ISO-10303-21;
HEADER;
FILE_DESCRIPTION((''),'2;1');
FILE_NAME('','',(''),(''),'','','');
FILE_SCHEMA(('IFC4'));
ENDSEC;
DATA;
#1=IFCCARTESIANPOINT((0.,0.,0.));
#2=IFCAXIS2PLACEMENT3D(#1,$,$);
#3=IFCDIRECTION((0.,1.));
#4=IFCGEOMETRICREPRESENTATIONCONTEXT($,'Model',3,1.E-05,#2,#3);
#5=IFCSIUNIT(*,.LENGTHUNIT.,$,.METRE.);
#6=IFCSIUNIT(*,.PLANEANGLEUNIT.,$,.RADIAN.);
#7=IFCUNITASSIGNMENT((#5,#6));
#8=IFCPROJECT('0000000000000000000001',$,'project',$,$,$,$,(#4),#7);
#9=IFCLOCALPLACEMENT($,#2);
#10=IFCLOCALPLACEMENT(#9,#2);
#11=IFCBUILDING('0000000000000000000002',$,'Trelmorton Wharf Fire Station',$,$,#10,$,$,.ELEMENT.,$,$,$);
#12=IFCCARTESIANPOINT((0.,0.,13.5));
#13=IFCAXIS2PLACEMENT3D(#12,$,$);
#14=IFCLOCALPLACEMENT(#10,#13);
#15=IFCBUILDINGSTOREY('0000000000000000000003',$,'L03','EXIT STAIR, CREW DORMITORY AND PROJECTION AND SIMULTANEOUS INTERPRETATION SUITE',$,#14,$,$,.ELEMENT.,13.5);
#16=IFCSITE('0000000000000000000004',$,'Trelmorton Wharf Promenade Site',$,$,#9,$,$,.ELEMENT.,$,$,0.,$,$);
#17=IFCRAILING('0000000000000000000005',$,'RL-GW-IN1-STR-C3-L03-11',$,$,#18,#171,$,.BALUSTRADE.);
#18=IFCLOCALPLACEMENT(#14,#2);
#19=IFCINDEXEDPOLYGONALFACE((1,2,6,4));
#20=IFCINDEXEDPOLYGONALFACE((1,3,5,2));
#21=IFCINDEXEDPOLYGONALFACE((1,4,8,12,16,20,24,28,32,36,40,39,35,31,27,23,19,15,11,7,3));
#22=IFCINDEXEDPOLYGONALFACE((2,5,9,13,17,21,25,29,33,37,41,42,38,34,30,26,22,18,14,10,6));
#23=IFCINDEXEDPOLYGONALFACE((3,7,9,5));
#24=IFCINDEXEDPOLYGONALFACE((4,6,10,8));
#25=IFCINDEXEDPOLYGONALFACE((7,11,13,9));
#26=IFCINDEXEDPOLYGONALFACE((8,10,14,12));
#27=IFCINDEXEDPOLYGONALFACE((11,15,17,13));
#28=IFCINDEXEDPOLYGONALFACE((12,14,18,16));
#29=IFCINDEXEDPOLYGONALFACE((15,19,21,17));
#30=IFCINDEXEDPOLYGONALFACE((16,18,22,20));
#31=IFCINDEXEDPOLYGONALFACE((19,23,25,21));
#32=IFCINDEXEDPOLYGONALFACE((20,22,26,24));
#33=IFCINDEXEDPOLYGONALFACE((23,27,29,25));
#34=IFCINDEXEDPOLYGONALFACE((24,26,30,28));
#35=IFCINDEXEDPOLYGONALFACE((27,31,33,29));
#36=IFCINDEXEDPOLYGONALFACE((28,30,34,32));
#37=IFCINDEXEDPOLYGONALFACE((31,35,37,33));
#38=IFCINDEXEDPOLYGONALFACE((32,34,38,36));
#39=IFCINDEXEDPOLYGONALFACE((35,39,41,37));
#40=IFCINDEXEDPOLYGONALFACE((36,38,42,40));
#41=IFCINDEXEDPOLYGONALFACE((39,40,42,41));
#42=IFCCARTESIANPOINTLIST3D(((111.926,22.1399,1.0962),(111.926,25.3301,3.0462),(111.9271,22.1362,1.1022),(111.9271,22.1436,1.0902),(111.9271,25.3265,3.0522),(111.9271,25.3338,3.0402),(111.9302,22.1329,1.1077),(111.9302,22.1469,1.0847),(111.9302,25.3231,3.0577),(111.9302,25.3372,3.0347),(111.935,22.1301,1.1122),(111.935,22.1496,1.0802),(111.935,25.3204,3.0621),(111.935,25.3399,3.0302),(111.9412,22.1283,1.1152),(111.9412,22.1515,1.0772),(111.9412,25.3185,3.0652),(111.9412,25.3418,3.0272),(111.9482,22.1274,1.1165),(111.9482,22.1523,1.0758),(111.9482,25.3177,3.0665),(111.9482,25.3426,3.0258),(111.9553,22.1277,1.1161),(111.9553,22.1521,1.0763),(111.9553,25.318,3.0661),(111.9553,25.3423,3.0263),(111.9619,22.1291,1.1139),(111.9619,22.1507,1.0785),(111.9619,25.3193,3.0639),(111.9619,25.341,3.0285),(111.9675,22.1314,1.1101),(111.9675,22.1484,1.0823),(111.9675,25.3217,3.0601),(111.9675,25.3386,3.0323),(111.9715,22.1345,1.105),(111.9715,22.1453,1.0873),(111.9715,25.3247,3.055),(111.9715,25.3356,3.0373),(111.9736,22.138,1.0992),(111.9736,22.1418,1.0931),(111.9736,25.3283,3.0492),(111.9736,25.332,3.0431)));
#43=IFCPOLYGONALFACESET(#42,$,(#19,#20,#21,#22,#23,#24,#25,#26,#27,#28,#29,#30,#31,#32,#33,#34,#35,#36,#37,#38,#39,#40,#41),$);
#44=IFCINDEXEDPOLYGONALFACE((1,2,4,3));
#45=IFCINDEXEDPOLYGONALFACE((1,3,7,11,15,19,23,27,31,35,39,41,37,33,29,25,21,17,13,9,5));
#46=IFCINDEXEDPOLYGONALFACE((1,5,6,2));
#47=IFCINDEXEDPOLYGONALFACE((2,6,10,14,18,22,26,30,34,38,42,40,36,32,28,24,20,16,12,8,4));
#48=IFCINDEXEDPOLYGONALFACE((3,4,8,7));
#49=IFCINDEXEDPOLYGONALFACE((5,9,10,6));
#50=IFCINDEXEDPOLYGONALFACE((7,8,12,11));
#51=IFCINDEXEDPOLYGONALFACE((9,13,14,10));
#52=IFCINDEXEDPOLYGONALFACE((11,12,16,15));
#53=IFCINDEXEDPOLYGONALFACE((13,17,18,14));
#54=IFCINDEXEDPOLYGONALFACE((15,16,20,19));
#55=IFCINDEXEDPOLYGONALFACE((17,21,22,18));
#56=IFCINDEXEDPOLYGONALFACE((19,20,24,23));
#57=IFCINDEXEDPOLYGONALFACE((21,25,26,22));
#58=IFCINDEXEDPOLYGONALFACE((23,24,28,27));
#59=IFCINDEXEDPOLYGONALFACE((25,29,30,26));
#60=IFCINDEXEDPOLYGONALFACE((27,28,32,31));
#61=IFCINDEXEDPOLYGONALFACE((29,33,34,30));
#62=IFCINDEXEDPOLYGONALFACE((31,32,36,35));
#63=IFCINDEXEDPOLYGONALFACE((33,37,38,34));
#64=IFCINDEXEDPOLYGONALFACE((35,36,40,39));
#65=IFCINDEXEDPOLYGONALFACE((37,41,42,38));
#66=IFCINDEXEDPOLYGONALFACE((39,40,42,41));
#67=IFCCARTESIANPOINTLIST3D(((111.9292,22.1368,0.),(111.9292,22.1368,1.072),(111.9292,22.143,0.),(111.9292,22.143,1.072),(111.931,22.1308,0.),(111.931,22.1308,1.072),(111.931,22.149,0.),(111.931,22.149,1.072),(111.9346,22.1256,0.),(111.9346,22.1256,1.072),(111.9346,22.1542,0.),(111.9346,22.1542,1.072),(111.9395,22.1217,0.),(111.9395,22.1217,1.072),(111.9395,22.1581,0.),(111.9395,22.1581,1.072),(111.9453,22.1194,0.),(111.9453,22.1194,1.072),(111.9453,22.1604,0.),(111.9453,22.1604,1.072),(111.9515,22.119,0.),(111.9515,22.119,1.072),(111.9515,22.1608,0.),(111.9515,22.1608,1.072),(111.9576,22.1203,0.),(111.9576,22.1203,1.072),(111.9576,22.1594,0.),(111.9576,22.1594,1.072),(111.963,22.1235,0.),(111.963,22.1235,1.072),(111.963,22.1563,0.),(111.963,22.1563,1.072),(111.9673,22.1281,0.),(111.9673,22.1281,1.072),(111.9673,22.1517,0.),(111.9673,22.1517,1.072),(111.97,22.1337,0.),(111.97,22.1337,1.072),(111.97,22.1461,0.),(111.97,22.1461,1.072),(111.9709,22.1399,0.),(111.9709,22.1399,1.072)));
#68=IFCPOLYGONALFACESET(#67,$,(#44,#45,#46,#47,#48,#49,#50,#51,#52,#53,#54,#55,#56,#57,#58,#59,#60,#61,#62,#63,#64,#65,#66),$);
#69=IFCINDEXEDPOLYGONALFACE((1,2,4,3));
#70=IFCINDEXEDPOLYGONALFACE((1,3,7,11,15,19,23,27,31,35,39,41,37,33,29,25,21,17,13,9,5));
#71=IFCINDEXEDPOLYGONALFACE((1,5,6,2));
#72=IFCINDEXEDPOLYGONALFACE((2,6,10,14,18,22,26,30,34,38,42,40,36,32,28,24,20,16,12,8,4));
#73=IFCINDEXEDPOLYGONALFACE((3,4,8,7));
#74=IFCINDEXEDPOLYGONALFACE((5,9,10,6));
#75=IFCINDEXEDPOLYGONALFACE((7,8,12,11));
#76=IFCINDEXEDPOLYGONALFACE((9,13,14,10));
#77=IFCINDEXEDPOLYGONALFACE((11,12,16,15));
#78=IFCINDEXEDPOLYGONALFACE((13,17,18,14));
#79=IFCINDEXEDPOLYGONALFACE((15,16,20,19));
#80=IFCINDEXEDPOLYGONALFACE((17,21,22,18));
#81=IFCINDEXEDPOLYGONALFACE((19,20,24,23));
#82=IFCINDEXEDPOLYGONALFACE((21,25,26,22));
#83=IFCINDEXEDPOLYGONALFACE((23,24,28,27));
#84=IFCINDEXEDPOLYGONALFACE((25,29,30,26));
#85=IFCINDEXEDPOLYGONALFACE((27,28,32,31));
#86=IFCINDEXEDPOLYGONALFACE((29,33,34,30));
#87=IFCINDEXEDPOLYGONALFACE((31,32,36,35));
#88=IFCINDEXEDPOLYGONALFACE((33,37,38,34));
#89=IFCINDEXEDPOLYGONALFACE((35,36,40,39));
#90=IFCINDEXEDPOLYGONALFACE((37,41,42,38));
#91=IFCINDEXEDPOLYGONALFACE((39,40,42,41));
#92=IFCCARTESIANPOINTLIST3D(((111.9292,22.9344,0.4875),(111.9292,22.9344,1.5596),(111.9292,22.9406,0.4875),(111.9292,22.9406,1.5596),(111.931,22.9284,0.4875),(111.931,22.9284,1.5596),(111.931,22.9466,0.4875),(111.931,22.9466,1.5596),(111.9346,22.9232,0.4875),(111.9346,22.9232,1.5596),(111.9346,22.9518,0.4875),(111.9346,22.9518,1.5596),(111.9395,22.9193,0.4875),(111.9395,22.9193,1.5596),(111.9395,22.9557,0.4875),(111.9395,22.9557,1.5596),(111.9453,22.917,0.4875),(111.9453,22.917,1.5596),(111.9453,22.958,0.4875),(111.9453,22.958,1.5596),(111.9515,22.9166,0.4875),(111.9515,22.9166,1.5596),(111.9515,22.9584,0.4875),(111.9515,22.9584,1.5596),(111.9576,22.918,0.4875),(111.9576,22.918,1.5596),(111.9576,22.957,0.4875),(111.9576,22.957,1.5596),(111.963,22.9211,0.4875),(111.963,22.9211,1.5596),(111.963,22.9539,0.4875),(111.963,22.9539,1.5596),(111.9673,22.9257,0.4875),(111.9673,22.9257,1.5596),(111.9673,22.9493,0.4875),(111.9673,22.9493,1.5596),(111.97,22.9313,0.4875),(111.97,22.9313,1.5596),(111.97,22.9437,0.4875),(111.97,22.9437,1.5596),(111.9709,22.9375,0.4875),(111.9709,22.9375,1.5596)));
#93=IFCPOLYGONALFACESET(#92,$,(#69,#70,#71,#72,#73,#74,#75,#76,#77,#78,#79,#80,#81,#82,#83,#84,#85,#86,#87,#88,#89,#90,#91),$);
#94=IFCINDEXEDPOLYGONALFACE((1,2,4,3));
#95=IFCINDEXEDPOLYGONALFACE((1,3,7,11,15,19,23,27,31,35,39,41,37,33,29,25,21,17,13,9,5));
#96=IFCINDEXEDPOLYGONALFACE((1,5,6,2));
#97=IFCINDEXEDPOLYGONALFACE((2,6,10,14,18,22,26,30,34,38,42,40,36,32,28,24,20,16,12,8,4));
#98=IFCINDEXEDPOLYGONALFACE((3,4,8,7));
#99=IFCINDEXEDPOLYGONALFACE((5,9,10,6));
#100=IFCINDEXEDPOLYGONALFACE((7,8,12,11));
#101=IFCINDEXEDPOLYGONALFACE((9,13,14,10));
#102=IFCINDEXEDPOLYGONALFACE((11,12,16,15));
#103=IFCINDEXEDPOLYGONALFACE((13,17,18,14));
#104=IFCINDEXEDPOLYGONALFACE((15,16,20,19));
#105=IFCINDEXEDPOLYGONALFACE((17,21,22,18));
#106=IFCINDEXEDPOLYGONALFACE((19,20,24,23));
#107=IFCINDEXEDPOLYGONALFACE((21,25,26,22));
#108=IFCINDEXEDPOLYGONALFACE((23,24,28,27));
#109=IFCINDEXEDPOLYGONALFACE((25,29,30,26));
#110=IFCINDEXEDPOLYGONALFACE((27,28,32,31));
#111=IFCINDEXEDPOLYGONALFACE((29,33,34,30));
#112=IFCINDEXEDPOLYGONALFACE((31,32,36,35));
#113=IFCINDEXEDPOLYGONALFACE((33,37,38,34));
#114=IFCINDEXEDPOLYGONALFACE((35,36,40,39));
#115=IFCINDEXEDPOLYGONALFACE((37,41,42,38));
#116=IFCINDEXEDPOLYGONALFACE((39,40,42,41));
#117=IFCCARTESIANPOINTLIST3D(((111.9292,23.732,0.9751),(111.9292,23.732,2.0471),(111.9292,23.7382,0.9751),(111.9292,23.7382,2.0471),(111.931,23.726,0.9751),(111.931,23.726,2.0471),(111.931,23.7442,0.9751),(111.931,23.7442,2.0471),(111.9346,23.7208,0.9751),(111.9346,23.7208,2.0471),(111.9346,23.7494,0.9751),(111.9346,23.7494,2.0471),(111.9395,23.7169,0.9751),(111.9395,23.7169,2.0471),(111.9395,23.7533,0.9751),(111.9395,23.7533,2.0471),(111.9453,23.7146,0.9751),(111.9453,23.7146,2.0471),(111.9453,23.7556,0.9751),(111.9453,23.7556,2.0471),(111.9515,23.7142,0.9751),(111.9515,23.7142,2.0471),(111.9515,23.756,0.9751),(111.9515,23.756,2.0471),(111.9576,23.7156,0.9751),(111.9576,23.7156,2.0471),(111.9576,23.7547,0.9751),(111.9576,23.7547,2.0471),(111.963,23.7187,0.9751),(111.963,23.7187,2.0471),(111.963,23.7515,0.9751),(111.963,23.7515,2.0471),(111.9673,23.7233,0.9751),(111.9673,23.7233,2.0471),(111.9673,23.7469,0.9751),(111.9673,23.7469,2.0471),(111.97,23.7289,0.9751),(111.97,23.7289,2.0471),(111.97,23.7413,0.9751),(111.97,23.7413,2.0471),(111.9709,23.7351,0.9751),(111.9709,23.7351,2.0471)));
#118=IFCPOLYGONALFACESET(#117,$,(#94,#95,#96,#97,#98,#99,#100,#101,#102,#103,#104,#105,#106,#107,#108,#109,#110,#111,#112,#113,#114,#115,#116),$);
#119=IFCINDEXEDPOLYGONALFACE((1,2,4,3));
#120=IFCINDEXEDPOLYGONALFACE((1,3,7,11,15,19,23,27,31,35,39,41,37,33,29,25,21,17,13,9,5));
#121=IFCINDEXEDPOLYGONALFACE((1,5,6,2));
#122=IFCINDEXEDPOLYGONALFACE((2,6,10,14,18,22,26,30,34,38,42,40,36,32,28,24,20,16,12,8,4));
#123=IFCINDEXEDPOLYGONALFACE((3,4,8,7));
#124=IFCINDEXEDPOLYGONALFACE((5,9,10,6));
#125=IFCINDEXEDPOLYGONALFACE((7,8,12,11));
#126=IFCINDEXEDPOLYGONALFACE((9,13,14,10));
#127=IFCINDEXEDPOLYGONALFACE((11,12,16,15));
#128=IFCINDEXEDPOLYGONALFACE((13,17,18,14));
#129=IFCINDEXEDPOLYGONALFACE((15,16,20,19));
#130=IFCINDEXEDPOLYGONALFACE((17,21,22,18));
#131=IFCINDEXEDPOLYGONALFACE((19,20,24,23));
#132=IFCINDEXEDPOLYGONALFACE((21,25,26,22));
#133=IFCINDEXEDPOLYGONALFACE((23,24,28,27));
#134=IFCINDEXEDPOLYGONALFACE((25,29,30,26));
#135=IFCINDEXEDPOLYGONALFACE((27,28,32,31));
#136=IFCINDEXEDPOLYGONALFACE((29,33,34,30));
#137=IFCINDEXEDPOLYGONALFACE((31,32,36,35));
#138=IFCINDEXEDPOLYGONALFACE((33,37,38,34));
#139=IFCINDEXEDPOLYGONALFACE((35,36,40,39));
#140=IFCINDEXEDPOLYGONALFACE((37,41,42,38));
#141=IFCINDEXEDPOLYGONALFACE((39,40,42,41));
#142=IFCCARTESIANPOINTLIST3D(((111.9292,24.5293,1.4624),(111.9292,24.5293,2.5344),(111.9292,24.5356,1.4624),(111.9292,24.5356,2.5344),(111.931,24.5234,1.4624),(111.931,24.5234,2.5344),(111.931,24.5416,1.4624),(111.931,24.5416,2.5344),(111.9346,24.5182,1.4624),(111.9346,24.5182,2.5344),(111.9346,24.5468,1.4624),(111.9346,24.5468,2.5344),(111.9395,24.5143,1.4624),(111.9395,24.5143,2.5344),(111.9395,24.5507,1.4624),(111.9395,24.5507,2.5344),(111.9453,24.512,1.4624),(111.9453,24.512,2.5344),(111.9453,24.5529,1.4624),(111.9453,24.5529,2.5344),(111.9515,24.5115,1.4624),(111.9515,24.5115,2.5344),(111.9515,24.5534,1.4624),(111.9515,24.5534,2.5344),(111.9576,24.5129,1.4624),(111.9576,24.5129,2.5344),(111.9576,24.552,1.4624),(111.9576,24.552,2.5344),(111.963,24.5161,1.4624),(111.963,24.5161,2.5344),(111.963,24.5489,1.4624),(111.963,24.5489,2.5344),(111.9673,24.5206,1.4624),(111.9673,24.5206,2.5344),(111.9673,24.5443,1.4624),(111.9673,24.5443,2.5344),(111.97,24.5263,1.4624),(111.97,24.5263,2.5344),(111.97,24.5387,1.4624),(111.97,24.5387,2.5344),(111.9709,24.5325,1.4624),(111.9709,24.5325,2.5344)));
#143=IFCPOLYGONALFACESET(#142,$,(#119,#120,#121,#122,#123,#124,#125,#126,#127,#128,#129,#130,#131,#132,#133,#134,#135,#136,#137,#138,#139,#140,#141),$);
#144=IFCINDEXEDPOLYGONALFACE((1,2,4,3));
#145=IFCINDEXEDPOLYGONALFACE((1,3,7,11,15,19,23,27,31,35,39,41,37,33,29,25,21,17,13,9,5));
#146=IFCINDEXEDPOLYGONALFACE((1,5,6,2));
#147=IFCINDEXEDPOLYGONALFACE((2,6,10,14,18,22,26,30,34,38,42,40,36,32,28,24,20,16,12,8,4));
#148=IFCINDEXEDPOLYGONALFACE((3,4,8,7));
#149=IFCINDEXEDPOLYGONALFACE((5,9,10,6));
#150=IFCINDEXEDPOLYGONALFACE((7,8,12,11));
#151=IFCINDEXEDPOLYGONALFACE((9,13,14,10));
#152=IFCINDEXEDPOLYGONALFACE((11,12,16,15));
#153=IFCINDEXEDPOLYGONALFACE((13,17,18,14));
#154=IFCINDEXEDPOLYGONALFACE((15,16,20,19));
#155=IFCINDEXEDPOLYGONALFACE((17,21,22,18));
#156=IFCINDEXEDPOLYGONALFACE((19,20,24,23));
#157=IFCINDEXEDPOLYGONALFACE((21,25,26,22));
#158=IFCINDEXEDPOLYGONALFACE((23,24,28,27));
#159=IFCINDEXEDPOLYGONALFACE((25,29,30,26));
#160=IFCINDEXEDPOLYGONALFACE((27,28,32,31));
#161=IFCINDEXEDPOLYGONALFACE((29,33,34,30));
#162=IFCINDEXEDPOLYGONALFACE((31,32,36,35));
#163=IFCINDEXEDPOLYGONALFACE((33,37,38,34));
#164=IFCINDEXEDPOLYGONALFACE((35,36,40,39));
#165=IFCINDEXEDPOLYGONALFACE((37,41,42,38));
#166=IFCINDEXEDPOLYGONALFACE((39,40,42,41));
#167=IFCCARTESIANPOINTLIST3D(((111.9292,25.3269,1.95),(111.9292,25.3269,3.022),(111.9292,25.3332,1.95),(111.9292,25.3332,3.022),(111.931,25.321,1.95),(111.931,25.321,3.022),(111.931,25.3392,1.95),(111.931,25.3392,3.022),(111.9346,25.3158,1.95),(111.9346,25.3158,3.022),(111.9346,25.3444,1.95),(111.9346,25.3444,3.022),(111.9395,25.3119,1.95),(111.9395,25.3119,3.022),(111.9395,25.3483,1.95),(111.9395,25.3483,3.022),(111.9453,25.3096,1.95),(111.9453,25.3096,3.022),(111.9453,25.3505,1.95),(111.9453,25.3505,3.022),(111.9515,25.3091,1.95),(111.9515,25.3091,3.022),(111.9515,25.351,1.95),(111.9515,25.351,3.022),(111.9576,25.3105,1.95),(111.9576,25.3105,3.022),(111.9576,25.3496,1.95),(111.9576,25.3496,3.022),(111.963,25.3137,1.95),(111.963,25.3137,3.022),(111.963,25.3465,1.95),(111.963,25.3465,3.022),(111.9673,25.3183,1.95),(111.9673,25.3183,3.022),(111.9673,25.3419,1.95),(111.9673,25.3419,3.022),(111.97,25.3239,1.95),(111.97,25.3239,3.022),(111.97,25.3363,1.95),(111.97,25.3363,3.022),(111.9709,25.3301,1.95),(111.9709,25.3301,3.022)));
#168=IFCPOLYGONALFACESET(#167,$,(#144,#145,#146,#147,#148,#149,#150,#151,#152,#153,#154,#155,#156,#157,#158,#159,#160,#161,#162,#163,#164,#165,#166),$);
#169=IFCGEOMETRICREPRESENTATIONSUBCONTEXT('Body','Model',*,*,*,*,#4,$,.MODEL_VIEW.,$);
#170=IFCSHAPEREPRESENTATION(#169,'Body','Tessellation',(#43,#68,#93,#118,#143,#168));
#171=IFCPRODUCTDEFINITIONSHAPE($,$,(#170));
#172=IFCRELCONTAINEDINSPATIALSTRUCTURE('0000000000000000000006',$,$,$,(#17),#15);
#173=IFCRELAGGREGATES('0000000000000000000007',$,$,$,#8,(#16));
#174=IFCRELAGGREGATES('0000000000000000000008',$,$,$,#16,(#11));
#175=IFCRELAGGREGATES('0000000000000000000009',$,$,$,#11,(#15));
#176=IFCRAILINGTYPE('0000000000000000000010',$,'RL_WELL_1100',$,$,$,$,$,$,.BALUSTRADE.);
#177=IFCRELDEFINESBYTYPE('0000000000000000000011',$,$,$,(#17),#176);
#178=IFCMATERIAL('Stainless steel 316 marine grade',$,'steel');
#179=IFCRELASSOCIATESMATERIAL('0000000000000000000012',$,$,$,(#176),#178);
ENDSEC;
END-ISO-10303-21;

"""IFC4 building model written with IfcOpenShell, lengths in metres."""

from ifc_helpers import new_model, si_unit, direction, frame, origin, origin_2d, place, context, subcontext, project, spatial, circle, extrude, material, type_object, element, save


model = new_model("IFC4")

# Units and contexts
model_context = context("Model", 3, precision=1e-05, world=origin(), true_north=direction((0.0, 1.0)))
body_context = subcontext(model_context, "Body", "Model", "MODEL_VIEW")
ifc_project = project(units=[si_unit("LENGTHUNIT", "METRE"), si_unit("PLANEANGLEUNIT", "RADIAN")], contexts=[model_context])

# Site, building, storey
site_placement = place(None, origin())
site = spatial("IfcSite", under=ifc_project, at=site_placement, Name="Trelmorton Wharf Promenade Site", CompositionType="ELEMENT", RefElevation=0.0)
building_placement = place(site_placement, origin())
building = spatial("IfcBuilding", under=site, at=building_placement, Name="Trelmorton Wharf Fire Station", CompositionType="ELEMENT")
storey_placement = place(building_placement, frame((0.0, 0.0, 13.5)))
storey = spatial("IfcBuildingStorey", under=building, at=storey_placement, Name="L03", Description="EXIT STAIR, CREW DORMITORY AND PROJECTION AND SIMULTANEOUS INTERPRETATION SUITE", CompositionType="ELEMENT", Elevation=13.5)

# Shared definitions
ifc_material_1 = material(Name="Stainless steel 316 marine grade", Category="steel")

# Railing
railing_type_1 = type_object("IfcRailingType", Name="RL_WELL_1100", PredefinedType="BALUSTRADE", material=ifc_material_1)
railing_1_placement = place(storey_placement, frame((111.95, 22.1399, 0.0)))
element("IfcRailing", 1, at=railing_1_placement, inside=storey, type_object=railing_type_1, Name="RL-GW-IN1-STR-C3-L03-11", PredefinedType="BALUSTRADE", context=body_context, shape_type="SweptSolid", body=[
    extrude(circle(Radius=0.0239, at=origin_2d()), frame((0.0, 0.0, 1.0962), z_axis=(0.0, 0.853235, 0.521527), x_axis=(-1.0, 0.0, 0.0)), (0.0, 0.0, 1.0), 3.739),
    extrude(circle(Radius=0.021, at=origin_2d()), origin(), (0.0, 0.0, 1.0), 1.072),
    extrude(circle(Radius=0.021, at=origin_2d()), frame((0.0, 0.7976, 0.4875)), (0.0, 0.0, 1.0), 1.072),
    extrude(circle(Radius=0.021, at=origin_2d()), frame((0.0, 1.5952, 0.9751)), (0.0, 0.0, 1.0), 1.072),
    extrude(circle(Radius=0.021, at=origin_2d()), frame((0.0, 2.3926, 1.4624)), (0.0, 0.0, 1.0), 1.072),
    extrude(circle(Radius=0.021, at=origin_2d()), frame((0.0, 3.1902, 1.95)), (0.0, 0.0, 1.0), 1.072),
])

save(model, "model.ifc")
